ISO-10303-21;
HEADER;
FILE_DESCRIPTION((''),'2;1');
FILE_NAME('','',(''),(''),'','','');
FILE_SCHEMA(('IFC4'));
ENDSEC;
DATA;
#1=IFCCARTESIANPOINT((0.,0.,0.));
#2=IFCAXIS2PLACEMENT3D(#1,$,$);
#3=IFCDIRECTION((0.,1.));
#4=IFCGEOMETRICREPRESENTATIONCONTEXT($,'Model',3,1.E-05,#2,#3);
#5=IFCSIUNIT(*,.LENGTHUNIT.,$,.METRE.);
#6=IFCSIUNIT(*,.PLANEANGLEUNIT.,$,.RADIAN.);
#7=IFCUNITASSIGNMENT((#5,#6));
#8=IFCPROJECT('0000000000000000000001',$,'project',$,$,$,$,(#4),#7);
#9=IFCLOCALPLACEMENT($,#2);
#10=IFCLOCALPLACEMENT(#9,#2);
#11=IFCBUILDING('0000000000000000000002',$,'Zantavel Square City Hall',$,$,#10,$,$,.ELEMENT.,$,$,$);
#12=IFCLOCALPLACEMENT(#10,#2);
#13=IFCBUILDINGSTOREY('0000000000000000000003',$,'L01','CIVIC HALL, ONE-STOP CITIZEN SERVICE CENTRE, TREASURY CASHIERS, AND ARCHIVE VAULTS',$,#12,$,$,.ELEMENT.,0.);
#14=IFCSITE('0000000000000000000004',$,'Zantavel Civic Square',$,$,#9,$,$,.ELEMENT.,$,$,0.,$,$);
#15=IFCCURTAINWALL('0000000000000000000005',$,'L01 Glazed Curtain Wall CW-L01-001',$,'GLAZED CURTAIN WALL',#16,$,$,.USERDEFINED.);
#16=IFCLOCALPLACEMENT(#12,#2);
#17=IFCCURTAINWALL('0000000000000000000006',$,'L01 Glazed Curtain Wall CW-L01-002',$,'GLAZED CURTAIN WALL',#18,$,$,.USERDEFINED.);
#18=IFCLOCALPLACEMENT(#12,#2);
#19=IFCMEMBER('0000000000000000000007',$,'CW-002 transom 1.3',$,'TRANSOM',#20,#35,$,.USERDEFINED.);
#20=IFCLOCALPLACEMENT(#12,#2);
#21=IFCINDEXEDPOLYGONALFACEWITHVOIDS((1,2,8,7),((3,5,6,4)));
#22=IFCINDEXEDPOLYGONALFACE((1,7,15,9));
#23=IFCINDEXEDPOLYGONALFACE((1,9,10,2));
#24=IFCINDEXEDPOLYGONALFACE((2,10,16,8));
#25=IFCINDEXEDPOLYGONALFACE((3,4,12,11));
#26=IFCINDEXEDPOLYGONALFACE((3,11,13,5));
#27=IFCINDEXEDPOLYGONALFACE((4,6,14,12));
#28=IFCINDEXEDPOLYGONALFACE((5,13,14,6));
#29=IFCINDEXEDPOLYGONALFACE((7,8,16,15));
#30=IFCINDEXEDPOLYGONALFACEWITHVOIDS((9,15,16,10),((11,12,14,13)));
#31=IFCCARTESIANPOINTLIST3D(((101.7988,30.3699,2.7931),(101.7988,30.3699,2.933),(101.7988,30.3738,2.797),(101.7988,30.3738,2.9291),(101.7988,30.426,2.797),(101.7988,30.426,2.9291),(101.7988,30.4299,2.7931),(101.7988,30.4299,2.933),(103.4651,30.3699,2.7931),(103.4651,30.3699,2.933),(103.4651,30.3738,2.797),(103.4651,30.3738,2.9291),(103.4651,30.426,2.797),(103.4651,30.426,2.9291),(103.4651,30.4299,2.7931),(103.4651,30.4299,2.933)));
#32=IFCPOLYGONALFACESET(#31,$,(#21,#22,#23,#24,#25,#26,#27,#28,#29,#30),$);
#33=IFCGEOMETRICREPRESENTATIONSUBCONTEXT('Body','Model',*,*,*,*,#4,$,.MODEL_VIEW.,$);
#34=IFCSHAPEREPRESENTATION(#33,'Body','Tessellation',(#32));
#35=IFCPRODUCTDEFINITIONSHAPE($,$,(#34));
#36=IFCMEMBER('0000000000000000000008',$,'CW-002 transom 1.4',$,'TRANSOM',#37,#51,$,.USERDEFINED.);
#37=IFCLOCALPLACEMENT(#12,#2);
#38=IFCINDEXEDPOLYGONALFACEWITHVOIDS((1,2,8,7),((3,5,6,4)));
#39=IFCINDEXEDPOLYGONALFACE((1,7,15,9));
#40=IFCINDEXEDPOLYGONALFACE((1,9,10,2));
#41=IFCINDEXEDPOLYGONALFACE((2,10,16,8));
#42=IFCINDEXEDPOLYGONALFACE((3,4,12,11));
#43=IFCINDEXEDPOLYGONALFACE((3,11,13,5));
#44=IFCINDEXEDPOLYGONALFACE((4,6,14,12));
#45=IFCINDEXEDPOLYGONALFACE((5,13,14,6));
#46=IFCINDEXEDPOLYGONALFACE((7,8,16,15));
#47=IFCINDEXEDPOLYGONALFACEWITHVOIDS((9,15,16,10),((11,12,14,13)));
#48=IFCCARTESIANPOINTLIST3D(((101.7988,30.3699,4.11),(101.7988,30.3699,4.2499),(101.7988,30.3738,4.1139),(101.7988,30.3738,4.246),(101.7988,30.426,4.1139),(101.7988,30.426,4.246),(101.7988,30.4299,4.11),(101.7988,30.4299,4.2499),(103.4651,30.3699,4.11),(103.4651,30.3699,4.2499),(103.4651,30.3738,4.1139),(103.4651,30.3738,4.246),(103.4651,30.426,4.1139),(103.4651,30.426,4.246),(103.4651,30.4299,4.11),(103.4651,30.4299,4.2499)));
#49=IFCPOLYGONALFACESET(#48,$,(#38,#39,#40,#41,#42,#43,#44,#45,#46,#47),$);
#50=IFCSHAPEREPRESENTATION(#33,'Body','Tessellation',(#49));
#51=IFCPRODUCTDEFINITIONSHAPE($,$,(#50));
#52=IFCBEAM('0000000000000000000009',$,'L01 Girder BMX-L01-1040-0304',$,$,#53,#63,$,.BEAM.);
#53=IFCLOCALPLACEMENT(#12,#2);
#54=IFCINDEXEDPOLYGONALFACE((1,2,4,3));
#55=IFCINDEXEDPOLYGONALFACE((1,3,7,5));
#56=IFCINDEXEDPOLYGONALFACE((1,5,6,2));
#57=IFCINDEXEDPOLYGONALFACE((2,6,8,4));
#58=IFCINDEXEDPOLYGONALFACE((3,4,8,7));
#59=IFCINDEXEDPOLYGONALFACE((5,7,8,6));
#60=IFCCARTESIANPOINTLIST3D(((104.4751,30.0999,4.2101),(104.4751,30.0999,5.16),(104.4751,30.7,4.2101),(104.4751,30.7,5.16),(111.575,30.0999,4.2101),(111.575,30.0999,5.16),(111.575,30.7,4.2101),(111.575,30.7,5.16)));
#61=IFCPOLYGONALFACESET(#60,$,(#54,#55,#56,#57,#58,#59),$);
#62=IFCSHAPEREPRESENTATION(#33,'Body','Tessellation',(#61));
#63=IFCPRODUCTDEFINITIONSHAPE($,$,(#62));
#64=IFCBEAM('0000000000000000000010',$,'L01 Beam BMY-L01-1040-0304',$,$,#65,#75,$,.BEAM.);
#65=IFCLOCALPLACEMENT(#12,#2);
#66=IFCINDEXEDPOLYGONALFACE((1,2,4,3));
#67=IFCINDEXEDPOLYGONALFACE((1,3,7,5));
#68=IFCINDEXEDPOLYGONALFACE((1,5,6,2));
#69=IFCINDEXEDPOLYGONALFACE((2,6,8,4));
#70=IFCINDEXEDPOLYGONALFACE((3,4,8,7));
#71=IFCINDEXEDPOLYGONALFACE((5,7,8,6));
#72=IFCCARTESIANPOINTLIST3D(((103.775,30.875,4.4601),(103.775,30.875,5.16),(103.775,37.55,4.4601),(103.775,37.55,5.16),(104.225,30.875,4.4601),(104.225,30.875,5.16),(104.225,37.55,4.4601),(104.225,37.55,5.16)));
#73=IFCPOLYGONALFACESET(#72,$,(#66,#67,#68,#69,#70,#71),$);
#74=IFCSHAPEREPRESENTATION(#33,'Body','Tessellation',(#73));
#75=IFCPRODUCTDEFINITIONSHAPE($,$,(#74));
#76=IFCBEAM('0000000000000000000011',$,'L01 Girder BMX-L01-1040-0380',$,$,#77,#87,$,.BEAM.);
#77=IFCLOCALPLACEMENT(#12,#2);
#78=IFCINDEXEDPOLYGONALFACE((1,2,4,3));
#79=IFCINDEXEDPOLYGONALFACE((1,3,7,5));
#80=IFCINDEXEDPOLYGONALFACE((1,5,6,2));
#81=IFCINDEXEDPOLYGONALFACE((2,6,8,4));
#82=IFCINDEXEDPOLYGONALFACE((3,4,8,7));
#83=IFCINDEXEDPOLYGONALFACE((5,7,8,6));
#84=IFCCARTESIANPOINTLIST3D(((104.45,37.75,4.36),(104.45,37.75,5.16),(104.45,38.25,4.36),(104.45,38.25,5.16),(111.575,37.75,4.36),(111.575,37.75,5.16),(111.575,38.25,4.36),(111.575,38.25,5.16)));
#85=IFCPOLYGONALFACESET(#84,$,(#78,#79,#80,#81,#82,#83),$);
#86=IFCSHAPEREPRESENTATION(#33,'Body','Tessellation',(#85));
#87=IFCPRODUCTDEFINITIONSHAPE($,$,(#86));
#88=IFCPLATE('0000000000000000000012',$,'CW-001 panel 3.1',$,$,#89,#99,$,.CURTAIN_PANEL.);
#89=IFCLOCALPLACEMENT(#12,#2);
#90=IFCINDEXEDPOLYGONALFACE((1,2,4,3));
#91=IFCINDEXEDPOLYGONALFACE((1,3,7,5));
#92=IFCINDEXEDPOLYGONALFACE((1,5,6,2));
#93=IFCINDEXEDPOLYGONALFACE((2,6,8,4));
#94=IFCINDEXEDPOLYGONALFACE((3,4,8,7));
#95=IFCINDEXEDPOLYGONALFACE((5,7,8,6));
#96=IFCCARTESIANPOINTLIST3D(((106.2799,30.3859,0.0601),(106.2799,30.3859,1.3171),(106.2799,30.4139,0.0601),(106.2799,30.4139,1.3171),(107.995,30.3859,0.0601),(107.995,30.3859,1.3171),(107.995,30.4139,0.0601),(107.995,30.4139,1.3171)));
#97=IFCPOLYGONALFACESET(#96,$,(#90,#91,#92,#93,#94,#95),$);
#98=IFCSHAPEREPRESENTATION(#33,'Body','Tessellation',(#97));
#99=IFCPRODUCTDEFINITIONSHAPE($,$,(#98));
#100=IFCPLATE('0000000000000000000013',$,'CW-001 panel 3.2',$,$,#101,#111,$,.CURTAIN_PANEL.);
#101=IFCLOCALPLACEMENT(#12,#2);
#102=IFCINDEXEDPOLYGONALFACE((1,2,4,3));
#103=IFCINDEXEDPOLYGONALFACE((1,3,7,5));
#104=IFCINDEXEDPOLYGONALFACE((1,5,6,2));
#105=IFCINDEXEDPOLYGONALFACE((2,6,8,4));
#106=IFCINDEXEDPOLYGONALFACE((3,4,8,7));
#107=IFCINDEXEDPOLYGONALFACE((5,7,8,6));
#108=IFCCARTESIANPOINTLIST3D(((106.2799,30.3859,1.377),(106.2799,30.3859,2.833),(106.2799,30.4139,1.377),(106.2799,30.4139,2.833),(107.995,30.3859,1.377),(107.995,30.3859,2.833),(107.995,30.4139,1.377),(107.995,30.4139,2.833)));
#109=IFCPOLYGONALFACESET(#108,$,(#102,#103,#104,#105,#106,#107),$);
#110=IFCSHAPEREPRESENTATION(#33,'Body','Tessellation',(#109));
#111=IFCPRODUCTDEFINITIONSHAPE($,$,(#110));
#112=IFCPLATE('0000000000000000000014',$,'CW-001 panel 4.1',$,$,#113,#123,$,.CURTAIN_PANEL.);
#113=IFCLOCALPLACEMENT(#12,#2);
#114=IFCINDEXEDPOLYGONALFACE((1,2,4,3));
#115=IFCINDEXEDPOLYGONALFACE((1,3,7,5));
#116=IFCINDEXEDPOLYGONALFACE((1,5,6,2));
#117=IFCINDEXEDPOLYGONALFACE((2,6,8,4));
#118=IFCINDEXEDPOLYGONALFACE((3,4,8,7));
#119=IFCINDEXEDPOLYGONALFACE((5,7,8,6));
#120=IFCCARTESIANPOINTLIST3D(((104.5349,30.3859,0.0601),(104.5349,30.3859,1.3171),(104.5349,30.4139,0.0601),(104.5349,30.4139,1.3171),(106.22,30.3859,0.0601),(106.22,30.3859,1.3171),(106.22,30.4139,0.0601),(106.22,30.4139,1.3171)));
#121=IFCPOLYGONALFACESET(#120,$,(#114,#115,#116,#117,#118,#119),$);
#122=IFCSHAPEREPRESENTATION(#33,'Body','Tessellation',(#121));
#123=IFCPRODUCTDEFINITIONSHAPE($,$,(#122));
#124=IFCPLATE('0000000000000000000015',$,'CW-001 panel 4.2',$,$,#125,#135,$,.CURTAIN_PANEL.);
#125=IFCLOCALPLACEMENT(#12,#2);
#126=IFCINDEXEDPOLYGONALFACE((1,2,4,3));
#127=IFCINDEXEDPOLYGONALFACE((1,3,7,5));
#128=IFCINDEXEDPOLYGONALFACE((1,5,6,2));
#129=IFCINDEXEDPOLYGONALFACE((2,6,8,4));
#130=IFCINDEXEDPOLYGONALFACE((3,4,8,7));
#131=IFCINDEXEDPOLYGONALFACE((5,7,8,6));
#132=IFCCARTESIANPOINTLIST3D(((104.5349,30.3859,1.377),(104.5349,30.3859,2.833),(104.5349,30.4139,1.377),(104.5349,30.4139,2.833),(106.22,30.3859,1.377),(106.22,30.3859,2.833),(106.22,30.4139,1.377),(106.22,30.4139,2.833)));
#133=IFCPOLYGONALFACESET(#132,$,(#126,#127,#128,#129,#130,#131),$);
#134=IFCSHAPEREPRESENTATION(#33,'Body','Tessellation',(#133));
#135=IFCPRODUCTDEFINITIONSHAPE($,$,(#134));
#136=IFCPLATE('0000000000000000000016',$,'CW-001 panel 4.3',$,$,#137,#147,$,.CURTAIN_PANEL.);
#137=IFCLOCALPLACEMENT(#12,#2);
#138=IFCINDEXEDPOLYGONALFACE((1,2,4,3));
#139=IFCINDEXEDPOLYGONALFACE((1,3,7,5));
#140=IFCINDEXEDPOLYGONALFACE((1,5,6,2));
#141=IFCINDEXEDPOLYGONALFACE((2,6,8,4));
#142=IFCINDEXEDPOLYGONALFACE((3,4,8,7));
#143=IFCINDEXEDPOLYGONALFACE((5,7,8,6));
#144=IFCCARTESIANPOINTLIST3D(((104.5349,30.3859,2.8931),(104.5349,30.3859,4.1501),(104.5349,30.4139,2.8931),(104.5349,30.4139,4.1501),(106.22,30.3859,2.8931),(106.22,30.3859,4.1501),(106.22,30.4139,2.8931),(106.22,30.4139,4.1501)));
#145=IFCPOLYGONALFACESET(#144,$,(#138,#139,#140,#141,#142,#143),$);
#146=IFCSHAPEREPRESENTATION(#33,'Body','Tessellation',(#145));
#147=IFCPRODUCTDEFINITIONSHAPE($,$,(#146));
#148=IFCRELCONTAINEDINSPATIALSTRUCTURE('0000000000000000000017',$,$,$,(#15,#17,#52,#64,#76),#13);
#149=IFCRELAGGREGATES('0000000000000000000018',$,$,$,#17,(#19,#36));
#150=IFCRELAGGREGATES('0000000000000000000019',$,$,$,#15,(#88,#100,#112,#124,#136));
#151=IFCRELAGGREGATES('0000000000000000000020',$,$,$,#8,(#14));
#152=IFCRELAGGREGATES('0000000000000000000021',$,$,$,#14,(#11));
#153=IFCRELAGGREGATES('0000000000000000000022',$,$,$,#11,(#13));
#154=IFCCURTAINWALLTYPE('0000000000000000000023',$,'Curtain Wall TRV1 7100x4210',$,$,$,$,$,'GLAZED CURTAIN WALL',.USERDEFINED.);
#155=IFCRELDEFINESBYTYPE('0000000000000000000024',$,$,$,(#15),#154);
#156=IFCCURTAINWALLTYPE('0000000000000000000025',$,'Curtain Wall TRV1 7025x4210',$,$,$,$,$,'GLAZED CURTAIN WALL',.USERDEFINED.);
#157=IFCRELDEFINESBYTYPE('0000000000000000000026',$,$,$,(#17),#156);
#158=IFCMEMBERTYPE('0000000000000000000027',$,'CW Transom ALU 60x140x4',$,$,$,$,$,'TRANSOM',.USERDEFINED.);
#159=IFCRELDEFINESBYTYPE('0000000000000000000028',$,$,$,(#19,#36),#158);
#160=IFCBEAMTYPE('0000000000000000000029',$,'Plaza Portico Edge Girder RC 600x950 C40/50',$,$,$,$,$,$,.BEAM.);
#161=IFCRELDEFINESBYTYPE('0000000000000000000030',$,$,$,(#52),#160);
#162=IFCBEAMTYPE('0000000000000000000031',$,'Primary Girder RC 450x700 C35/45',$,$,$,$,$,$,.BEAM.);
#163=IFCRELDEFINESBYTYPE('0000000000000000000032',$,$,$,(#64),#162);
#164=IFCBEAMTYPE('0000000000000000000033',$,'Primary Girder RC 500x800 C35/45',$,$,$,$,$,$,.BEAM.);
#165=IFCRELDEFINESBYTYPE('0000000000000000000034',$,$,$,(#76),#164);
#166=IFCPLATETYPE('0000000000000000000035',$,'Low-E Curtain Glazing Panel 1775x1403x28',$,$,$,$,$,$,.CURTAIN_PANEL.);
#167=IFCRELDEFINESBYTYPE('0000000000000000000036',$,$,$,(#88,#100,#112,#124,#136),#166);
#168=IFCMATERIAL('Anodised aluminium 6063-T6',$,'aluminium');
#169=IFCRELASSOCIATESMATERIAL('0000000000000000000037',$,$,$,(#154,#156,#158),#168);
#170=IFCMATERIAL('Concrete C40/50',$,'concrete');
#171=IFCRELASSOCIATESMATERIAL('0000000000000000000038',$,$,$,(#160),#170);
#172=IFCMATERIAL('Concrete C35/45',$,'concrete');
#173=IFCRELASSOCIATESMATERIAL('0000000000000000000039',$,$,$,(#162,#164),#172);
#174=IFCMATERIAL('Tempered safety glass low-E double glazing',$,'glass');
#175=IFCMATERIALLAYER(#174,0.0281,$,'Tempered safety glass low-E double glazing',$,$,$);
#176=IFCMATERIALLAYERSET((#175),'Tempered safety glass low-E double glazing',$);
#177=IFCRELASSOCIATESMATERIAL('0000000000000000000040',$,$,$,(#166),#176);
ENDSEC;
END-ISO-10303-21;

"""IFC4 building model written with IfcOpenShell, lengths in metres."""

from ifc_helpers import new_model, si_unit, direction, frame, origin, origin_2d, place, context, subcontext, project, spatial, rectangle, hollow_rectangle, extrude, material, layer, layer_set, material_profile, profile_set, type_object, element, aggregate, save


model = new_model("IFC4")

# Units and contexts
model_context = context("Model", 3, precision=1e-05, world=origin(), true_north=direction((0.0, 1.0)))
body_context = subcontext(model_context, "Body", "Model", "MODEL_VIEW")
ifc_project = project(units=[si_unit("LENGTHUNIT", "METRE"), si_unit("PLANEANGLEUNIT", "RADIAN")], contexts=[model_context])

# Site, building, storey
site_placement = place(None, origin())
site = spatial("IfcSite", under=ifc_project, at=site_placement, Name="Zantavel Civic Square", CompositionType="ELEMENT", RefElevation=0.0)
building_placement = place(site_placement, origin())
building = spatial("IfcBuilding", under=site, at=building_placement, Name="Zantavel Square City Hall", CompositionType="ELEMENT")
storey_placement = place(building_placement, origin())
storey = spatial("IfcBuildingStorey", under=building, at=storey_placement, Name="L01", Description="CIVIC HALL, ONE-STOP CITIZEN SERVICE CENTRE, TREASURY CASHIERS, AND ARCHIVE VAULTS", CompositionType="ELEMENT", Elevation=0.0)

# Shared definitions
ifc_material_1 = material(Name="Concrete C40/50", Category="concrete")

# Curtain wall
ifc_material_2 = material(Name="Anodised aluminium 6063-T6", Category="aluminium")
curtain_wall_type_1 = type_object("IfcCurtainWallType", Name="Curtain Wall TRV1 7100x4210", ElementType="GLAZED CURTAIN WALL", PredefinedType="USERDEFINED", material=ifc_material_2)
curtain_wall_1_placement = place(storey_placement, origin())
curtain_wall_1 = element("IfcCurtainWall", 1, at=curtain_wall_1_placement, inside=storey, type_object=curtain_wall_type_1, Name="L01 Glazed Curtain Wall CW-L01-001", ObjectType="GLAZED CURTAIN WALL", PredefinedType="USERDEFINED")

# Curtain wall
curtain_wall_type_2 = type_object("IfcCurtainWallType", Name="Curtain Wall TRV1 7025x4210", ElementType="GLAZED CURTAIN WALL", PredefinedType="USERDEFINED", material=ifc_material_2)
curtain_wall_2_placement = place(storey_placement, origin())
curtain_wall_2 = element("IfcCurtainWall", 2, at=curtain_wall_2_placement, inside=storey, type_object=curtain_wall_type_2, Name="L01 Glazed Curtain Wall CW-L01-002", ObjectType="GLAZED CURTAIN WALL", PredefinedType="USERDEFINED")

# Members
ifc_material_profile_1 = material_profile(ifc_material_2, hollow_rectangle(XDim=0.0601, YDim=0.1399, WallThickness=0.0039, at=origin_2d()), Name="ALU 60x140x4")
ifc_profile_set_1 = profile_set([ifc_material_profile_1], Name="Anodised aluminium 6063-T6")
member_type_1 = type_object("IfcMemberType", Name="CW Transom ALU 60x140x4", ElementType="TRANSOM", PredefinedType="USERDEFINED", material=ifc_profile_set_1)
member_1_placement = place(storey_placement, frame((103.4651, 30.3999, 2.863), z_axis=(-1.0, 0.0, 0.0), x_axis=(0.0, -1.0, 0.0)))
member_1 = element("IfcMember", 3, at=member_1_placement, type_object=member_type_1, Name="CW-002 transom 1.3", ObjectType="TRANSOM", PredefinedType="USERDEFINED", context=body_context, shape_type="SweptSolid", body=[
    extrude(hollow_rectangle(XDim=0.0601, YDim=0.1399, WallThickness=0.0039, at=origin_2d()), origin(), (0.0, 0.0, 1.0), 1.6663),
])
member_2_placement = place(storey_placement, frame((103.4651, 30.3999, 4.1799), z_axis=(-1.0, 0.0, 0.0), x_axis=(0.0, -1.0, 0.0)))
member_2 = element("IfcMember", 4, at=member_2_placement, type_object=member_type_1, Name="CW-002 transom 1.4", ObjectType="TRANSOM", PredefinedType="USERDEFINED", context=body_context, shape_type="SweptSolid", body=[
    extrude(hollow_rectangle(XDim=0.0601, YDim=0.1399, WallThickness=0.0039, at=origin_2d()), origin(), (0.0, 0.0, 1.0), 1.6663),
])
aggregate(curtain_wall_2, [member_1, member_2])

# Beams
ifc_material_profile_2 = material_profile(ifc_material_1, rectangle(XDim=0.6001, YDim=0.95, at=origin_2d()), Name="RC 600x950")
ifc_profile_set_2 = profile_set([ifc_material_profile_2], Name="Concrete C40/50")
beam_type_1 = type_object("IfcBeamType", Name="Plaza Portico Edge Girder RC 600x950 C40/50", PredefinedType="BEAM", material=ifc_profile_set_2)
beam_1_placement = place(storey_placement, frame((104.4751, 30.3999, 4.6851), z_axis=(1.0, 0.0, 0.0), x_axis=(0.0, 1.0, 0.0)))
element("IfcBeam", 5, at=beam_1_placement, inside=storey, type_object=beam_type_1, Name="L01 Girder BMX-L01-1040-0304", PredefinedType="BEAM", context=body_context, shape_type="SweptSolid", body=[
    extrude(rectangle(XDim=0.6001, YDim=0.95, at=origin_2d()), origin(), (0.0, 0.0, 1.0), 7.0999),
])
ifc_material_3 = material(Name="Concrete C35/45", Category="concrete")
ifc_material_profile_3 = material_profile(ifc_material_3, rectangle(XDim=0.45, YDim=0.7, at=origin_2d()), Name="RC 450x700")
ifc_profile_set_3 = profile_set([ifc_material_profile_3], Name="Concrete C35/45")
beam_type_2 = type_object("IfcBeamType", Name="Primary Girder RC 450x700 C35/45", PredefinedType="BEAM", material=ifc_profile_set_3)
beam_2_placement = place(storey_placement, frame((104.0, 30.875, 4.8101), z_axis=(0.0, 1.0, 0.0), x_axis=(-1.0, 0.0, 0.0)))
element("IfcBeam", 6, at=beam_2_placement, inside=storey, type_object=beam_type_2, Name="L01 Beam BMY-L01-1040-0304", PredefinedType="BEAM", context=body_context, shape_type="SweptSolid", body=[
    extrude(rectangle(XDim=0.45, YDim=0.7, at=origin_2d()), origin(), (0.0, 0.0, 1.0), 6.675),
])
ifc_material_profile_4 = material_profile(ifc_material_3, rectangle(XDim=0.5, YDim=0.8, at=origin_2d()), Name="RC 500x800")
ifc_profile_set_4 = profile_set([ifc_material_profile_4], Name="Concrete C35/45")
beam_type_3 = type_object("IfcBeamType", Name="Primary Girder RC 500x800 C35/45", PredefinedType="BEAM", material=ifc_profile_set_4)
beam_3_placement = place(storey_placement, frame((104.45, 38.0, 4.76), z_axis=(1.0, 0.0, 0.0), x_axis=(0.0, 1.0, 0.0)))
element("IfcBeam", 7, at=beam_3_placement, inside=storey, type_object=beam_type_3, Name="L01 Girder BMX-L01-1040-0380", PredefinedType="BEAM", context=body_context, shape_type="SweptSolid", body=[
    extrude(rectangle(XDim=0.5, YDim=0.8, at=origin_2d()), origin(), (0.0, 0.0, 1.0), 7.125),
])

# Plates
ifc_material_4 = material(Name="Tempered safety glass low-E double glazing", Category="glass")
ifc_layer = layer(ifc_material_4, 0.0281, Name="Tempered safety glass low-E double glazing")
ifc_layer_set = layer_set([ifc_layer], Name="Tempered safety glass low-E double glazing")
plate_type = type_object("IfcPlateType", Name="Low-E Curtain Glazing Panel 1775x1403x28", PredefinedType="CURTAIN_PANEL", material=ifc_layer_set)
plate_1_placement = place(storey_placement, frame((107.1375, 30.3999, 0.0601), z_axis=(0.0, 0.0, 1.0), x_axis=(-1.0, 0.0, 0.0)))
plate_1 = element("IfcPlate", 8, at=plate_1_placement, type_object=plate_type, Name="CW-001 panel 3.1", PredefinedType="CURTAIN_PANEL", context=body_context, shape_type="SweptSolid", body=[
    extrude(rectangle(XDim=1.7151, YDim=0.0281, at=origin_2d()), origin(), (0.0, 0.0, 1.0), 1.2571),
])
plate_2_placement = place(storey_placement, frame((107.1375, 30.3999, 1.377), z_axis=(0.0, 0.0, 1.0), x_axis=(-1.0, 0.0, 0.0)))
plate_2 = element("IfcPlate", 9, at=plate_2_placement, type_object=plate_type, Name="CW-001 panel 3.2", PredefinedType="CURTAIN_PANEL", context=body_context, shape_type="SweptSolid", body=[
    extrude(rectangle(XDim=1.7151, YDim=0.0281, at=origin_2d()), origin(), (0.0, 0.0, 1.0), 1.4561),
])
plate_3_placement = place(storey_placement, frame((105.3774, 30.3999, 0.0601), z_axis=(0.0, 0.0, 1.0), x_axis=(-1.0, 0.0, 0.0)))
plate_3 = element("IfcPlate", 10, at=plate_3_placement, type_object=plate_type, Name="CW-001 panel 4.1", PredefinedType="CURTAIN_PANEL", context=body_context, shape_type="SweptSolid", body=[
    extrude(rectangle(XDim=1.6851, YDim=0.0281, at=origin_2d()), origin(), (0.0, 0.0, 1.0), 1.2571),
])
plate_4_placement = place(storey_placement, frame((105.3774, 30.3999, 1.377), z_axis=(0.0, 0.0, 1.0), x_axis=(-1.0, 0.0, 0.0)))
plate_4 = element("IfcPlate", 11, at=plate_4_placement, type_object=plate_type, Name="CW-001 panel 4.2", PredefinedType="CURTAIN_PANEL", context=body_context, shape_type="SweptSolid", body=[
    extrude(rectangle(XDim=1.6851, YDim=0.0281, at=origin_2d()), origin(), (0.0, 0.0, 1.0), 1.4561),
])
plate_5_placement = place(storey_placement, frame((105.3774, 30.3999, 2.8931), z_axis=(0.0, 0.0, 1.0), x_axis=(-1.0, 0.0, 0.0)))
plate_5 = element("IfcPlate", 12, at=plate_5_placement, type_object=plate_type, Name="CW-001 panel 4.3", PredefinedType="CURTAIN_PANEL", context=body_context, shape_type="SweptSolid", body=[
    extrude(rectangle(XDim=1.6851, YDim=0.0281, at=origin_2d()), origin(), (0.0, 0.0, 1.0), 1.2571),
])
aggregate(curtain_wall_1, [plate_1, plate_2, plate_3, plate_4, plate_5])

save(model, "model.ifc")
